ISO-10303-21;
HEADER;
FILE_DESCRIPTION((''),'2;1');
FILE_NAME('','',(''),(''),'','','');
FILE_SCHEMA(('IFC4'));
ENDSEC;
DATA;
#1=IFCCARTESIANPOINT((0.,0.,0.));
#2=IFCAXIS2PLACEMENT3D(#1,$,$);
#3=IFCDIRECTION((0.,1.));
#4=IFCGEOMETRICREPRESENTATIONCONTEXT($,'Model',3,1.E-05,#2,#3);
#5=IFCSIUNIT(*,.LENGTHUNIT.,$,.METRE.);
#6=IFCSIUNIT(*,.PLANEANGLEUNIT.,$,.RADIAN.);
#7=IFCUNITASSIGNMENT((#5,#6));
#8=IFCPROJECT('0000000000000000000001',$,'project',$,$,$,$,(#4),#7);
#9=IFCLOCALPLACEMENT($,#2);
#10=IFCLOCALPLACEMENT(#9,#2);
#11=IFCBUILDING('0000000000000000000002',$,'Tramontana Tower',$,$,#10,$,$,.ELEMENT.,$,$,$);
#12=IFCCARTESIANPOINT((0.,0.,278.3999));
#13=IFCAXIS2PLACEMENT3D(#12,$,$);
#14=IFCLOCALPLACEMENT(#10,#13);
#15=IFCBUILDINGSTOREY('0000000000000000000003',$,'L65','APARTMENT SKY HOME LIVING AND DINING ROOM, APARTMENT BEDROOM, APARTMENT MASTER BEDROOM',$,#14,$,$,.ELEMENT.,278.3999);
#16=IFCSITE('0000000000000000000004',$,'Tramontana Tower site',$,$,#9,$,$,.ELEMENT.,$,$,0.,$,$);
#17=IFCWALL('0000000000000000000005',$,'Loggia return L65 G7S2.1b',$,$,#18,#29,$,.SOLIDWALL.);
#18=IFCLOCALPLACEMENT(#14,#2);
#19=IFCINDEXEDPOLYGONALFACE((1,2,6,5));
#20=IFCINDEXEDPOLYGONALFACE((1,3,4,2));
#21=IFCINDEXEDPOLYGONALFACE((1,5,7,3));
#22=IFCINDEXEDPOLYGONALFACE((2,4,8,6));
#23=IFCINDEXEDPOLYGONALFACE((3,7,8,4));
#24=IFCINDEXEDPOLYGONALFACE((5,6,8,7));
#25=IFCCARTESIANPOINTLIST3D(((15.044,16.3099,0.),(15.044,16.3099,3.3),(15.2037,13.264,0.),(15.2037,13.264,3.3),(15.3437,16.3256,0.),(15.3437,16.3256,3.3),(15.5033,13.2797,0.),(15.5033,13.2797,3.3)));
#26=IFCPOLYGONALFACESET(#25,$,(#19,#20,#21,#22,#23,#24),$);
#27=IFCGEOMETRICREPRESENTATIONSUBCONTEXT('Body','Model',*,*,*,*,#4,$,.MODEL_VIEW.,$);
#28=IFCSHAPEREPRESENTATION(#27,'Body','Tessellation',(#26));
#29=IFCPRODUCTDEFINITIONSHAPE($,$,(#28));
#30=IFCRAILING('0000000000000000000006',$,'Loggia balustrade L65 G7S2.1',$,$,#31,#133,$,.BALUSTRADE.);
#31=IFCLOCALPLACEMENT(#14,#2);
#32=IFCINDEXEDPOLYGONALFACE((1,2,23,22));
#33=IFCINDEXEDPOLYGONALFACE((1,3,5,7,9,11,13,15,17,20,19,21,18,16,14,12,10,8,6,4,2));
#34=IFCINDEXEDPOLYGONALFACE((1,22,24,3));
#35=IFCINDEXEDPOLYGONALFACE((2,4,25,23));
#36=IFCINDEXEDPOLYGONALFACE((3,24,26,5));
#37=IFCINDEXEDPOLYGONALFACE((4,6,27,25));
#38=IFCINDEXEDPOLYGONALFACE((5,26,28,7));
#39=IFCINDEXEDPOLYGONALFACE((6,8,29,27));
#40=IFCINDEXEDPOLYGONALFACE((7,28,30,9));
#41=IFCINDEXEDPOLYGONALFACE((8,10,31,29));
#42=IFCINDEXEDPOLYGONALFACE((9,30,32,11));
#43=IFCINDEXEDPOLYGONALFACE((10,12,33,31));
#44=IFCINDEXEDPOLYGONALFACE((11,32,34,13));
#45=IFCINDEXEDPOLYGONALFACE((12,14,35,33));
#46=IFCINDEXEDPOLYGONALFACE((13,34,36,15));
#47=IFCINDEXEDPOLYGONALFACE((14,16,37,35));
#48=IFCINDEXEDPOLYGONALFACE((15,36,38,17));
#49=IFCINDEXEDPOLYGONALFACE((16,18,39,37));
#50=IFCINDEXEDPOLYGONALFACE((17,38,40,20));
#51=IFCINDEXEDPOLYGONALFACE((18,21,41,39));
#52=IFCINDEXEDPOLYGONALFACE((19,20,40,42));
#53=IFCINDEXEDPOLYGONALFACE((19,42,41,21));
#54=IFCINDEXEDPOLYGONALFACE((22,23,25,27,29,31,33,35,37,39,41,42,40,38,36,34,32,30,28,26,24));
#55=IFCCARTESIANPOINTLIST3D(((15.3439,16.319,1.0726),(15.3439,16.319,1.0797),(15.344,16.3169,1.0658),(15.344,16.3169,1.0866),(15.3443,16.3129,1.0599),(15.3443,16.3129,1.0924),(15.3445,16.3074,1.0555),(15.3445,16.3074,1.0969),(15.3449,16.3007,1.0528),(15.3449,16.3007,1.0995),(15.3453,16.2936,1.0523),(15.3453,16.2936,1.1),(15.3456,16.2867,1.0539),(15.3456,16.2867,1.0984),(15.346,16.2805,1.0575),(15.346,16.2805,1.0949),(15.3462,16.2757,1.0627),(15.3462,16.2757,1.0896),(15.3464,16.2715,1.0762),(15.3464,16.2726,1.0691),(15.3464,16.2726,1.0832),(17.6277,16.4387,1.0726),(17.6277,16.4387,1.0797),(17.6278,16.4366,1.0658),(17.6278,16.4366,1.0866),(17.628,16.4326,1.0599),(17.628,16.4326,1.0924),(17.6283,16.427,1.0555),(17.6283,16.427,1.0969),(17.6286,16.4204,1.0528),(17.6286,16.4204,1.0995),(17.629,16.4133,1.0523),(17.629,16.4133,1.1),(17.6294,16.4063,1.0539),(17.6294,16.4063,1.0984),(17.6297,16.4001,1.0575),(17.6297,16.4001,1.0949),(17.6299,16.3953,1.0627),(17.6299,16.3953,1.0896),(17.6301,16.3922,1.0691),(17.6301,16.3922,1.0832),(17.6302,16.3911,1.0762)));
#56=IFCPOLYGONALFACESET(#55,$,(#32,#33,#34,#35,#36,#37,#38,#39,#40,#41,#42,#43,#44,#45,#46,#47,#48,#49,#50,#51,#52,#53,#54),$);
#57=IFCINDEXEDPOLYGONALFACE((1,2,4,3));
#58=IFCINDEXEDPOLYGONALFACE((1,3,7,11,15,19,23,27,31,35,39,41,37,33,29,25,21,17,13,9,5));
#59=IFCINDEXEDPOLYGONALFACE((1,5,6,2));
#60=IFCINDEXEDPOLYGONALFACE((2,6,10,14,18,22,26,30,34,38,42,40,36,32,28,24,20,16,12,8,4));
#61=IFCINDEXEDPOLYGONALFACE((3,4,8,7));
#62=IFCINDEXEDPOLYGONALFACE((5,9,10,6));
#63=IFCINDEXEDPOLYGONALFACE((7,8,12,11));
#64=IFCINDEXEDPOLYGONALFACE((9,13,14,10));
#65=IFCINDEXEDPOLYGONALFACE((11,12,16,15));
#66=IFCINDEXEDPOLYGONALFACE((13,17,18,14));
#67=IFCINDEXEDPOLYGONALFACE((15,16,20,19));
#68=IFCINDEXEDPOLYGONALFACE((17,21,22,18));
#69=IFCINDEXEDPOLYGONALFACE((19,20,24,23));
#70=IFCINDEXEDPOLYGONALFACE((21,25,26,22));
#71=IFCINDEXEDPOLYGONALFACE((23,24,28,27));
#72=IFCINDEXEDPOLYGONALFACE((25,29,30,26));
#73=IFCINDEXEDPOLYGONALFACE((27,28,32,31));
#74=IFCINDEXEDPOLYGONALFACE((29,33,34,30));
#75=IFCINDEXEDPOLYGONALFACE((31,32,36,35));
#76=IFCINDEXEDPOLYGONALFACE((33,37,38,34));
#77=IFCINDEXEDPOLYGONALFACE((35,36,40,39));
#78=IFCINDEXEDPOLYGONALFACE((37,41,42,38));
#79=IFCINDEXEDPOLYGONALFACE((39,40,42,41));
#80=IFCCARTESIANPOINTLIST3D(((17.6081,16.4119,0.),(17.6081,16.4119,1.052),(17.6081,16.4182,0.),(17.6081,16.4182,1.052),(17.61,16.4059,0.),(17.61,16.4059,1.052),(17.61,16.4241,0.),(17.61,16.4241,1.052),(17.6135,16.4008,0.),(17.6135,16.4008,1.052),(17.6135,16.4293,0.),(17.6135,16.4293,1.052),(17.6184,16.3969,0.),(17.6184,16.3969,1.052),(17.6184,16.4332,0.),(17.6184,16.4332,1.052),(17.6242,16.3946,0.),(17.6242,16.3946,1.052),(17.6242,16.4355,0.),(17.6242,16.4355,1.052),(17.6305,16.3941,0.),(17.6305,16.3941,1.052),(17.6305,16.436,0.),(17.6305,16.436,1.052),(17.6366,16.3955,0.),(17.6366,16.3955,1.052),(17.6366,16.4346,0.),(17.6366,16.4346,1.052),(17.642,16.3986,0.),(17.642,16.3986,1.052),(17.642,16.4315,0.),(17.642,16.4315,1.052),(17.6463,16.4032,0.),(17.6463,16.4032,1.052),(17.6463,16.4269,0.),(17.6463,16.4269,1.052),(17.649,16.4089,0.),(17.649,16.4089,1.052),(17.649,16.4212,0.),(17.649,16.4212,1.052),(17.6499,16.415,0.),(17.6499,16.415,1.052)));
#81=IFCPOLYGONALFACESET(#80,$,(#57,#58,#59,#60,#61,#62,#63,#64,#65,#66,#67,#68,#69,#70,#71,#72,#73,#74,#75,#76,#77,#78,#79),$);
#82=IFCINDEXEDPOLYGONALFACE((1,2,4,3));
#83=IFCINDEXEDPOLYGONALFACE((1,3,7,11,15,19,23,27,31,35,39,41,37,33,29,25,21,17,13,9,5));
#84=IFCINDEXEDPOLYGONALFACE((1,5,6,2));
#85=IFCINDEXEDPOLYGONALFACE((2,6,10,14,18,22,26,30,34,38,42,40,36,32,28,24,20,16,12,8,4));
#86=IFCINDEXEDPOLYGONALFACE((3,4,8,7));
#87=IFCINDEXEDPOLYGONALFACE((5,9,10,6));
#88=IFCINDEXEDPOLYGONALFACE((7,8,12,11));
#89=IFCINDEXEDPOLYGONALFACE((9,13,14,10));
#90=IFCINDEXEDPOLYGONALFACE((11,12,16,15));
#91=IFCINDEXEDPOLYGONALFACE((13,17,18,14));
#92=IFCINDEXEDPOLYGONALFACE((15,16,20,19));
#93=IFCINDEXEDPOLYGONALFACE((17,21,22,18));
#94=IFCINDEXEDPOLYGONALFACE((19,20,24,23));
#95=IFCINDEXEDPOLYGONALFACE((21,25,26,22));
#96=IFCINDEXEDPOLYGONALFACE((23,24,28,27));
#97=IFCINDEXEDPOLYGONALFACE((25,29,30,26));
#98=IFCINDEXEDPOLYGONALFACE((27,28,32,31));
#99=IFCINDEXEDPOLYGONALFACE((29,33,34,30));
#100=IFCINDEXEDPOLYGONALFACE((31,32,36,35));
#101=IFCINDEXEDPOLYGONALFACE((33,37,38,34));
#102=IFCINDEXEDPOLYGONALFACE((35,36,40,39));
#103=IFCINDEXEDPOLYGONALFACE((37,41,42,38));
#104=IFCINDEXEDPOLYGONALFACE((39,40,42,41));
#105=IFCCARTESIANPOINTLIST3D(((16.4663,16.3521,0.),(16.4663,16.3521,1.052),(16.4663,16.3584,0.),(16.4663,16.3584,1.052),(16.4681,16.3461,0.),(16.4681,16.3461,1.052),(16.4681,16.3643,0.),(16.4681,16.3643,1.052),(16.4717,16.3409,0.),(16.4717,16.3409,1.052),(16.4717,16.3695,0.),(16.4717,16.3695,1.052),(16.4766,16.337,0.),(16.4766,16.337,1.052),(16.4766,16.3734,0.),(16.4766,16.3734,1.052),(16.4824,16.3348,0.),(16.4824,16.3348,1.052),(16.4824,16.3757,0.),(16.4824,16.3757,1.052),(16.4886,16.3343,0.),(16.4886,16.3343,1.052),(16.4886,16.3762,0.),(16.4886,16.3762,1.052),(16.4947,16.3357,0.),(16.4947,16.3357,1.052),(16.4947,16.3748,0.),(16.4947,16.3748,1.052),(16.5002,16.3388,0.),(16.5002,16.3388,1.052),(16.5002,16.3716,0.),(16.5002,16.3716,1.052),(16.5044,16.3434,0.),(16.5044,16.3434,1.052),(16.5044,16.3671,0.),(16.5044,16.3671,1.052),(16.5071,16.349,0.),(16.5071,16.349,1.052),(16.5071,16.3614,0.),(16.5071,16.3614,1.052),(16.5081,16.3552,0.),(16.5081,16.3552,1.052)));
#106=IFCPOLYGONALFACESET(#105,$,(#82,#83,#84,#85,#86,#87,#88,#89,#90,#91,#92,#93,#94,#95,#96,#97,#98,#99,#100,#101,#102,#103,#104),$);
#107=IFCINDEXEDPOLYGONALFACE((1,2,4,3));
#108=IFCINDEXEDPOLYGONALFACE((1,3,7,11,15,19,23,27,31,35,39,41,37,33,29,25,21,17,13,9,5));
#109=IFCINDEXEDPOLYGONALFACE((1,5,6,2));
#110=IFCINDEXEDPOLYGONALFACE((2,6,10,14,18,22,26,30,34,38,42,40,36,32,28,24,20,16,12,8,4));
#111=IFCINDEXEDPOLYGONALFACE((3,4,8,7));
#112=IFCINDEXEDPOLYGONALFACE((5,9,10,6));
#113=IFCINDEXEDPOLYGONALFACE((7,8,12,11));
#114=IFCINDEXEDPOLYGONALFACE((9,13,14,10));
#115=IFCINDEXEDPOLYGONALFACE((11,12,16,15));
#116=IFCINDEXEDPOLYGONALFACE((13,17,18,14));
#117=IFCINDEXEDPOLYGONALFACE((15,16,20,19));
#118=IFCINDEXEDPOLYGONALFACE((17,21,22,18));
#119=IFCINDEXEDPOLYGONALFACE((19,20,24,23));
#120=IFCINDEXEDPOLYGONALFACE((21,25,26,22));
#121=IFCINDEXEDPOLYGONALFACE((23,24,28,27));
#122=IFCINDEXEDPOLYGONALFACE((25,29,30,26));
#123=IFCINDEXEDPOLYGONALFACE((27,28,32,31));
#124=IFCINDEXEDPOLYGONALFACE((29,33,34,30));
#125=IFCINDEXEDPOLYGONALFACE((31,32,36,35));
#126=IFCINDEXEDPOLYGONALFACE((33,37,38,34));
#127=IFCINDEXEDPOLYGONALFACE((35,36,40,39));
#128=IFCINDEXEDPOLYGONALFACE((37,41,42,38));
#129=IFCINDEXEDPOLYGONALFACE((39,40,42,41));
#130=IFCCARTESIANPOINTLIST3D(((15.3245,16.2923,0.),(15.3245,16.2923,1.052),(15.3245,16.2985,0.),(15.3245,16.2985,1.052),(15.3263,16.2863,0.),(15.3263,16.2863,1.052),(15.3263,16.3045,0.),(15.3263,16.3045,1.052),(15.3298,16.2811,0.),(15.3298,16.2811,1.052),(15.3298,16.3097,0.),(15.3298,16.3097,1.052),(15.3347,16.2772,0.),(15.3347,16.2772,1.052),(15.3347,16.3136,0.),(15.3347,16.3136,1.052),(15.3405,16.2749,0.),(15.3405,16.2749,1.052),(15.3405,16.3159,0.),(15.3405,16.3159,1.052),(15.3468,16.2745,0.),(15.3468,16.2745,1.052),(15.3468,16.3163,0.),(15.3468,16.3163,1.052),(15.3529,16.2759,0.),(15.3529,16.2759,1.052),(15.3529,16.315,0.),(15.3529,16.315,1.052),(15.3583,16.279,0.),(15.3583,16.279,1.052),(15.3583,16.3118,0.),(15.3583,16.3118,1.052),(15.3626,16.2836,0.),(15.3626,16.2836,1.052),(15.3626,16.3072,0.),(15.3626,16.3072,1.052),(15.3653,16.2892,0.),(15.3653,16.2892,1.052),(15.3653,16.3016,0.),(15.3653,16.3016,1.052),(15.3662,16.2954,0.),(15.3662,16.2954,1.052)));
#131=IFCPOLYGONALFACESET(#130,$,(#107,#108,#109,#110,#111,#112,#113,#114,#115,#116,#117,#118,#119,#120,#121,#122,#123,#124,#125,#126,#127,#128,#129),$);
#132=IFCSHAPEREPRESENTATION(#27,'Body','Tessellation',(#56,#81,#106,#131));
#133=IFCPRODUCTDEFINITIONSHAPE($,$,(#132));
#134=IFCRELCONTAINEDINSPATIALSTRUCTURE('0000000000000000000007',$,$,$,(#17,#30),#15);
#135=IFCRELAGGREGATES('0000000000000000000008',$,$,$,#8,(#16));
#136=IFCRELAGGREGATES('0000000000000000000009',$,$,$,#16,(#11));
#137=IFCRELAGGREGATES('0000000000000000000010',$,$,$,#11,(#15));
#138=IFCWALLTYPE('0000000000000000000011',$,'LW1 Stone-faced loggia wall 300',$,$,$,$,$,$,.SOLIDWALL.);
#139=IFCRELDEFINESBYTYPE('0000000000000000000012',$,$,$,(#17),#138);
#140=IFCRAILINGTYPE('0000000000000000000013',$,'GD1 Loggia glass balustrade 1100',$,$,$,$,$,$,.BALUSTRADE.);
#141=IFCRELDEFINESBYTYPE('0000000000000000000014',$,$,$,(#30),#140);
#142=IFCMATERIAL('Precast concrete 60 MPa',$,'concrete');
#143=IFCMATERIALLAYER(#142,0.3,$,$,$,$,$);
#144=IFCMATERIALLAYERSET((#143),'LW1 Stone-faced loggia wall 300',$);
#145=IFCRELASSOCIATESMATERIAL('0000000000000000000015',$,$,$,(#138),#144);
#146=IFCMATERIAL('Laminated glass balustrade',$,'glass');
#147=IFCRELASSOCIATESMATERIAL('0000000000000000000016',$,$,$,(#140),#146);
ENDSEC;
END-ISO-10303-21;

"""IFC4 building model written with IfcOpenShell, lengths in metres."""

from ifc_helpers import new_model, si_unit, direction, frame, frame_2d, origin, origin_2d, place, context, subcontext, project, spatial, rectangle, circle, extrude, material, layer, layer_set, type_object, element, save


model = new_model("IFC4")

# Units and contexts
model_context = context("Model", 3, precision=1e-05, world=origin(), true_north=direction((0.0, 1.0)))
body_context = subcontext(model_context, "Body", "Model", "MODEL_VIEW")
ifc_project = project(units=[si_unit("LENGTHUNIT", "METRE"), si_unit("PLANEANGLEUNIT", "RADIAN")], contexts=[model_context])

# Site, building, storey
site_placement = place(None, origin())
site = spatial("IfcSite", under=ifc_project, at=site_placement, Name="Tramontana Tower site", CompositionType="ELEMENT", RefElevation=0.0)
building_placement = place(site_placement, origin())
building = spatial("IfcBuilding", under=site, at=building_placement, Name="Tramontana Tower", CompositionType="ELEMENT")
storey_placement = place(building_placement, frame((0.0, 0.0, 278.3999)))
storey = spatial("IfcBuildingStorey", under=building, at=storey_placement, Name="L65", Description="APARTMENT SKY HOME LIVING AND DINING ROOM, APARTMENT BEDROOM, APARTMENT MASTER BEDROOM", CompositionType="ELEMENT", Elevation=278.3999)

# Shared definitions
ifc_material_1 = material(Name="Precast concrete 60 MPa", Category="concrete")
ifc_layer_1 = layer(ifc_material_1, 0.3)
ifc_layer_set_1 = layer_set([ifc_layer_1], Name="LW1 Stone-faced loggia wall 300")
wall_type_1 = type_object("IfcWallType", Name="LW1 Stone-faced loggia wall 300", PredefinedType="SOLIDWALL", material=ifc_layer_set_1)

# Wall
wall_1_placement = place(storey_placement, frame((15.1938, 16.3176, 0.0), z_axis=(0.0, 0.0, 1.0), x_axis=(0.052349, -0.998629, 0.0)))
element("IfcWall", 1, at=wall_1_placement, inside=storey, type_object=wall_type_1, Name="Loggia return L65 G7S2.1b", PredefinedType="SOLIDWALL", context=body_context, shape_type="SweptSolid", body=[
    extrude(rectangle(XDim=3.05, YDim=0.3, at=frame_2d((1.5249, 0.0))), origin(), (0.0, 0.0, 1.0), 3.3),
])

# Railing
ifc_material_2 = material(Name="Laminated glass balustrade", Category="glass")
railing_type = type_object("IfcRailingType", Name="GD1 Loggia glass balustrade 1100", PredefinedType="BALUSTRADE", material=ifc_material_2)
railing_1_placement = place(storey_placement, frame((17.6289, 16.415, 0.0)))
element("IfcRailing", 2, at=railing_1_placement, inside=storey, type_object=railing_type, Name="Loggia balustrade L65 G7S2.1", PredefinedType="BALUSTRADE", context=body_context, shape_type="SweptSolid", body=[
    extrude(circle(Radius=0.0239, at=origin_2d()), frame((0.0, 0.0, 1.0762), z_axis=(-0.998631, -0.052312, 0.0), x_axis=(0.052312, -0.998631, 0.0)), (0.0, 0.0, 1.0), 2.2869),
    extrude(circle(Radius=0.021, at=origin_2d()), origin(), (0.0, 0.0, 1.0), 1.052),
    extrude(circle(Radius=0.021, at=origin_2d()), frame((-1.1418, -0.0598, 0.0)), (0.0, 0.0, 1.0), 1.052),
    extrude(circle(Radius=0.021, at=origin_2d()), frame((-2.2837, -0.1196, 0.0)), (0.0, 0.0, 1.0), 1.052),
])

save(model, "model.ifc")
